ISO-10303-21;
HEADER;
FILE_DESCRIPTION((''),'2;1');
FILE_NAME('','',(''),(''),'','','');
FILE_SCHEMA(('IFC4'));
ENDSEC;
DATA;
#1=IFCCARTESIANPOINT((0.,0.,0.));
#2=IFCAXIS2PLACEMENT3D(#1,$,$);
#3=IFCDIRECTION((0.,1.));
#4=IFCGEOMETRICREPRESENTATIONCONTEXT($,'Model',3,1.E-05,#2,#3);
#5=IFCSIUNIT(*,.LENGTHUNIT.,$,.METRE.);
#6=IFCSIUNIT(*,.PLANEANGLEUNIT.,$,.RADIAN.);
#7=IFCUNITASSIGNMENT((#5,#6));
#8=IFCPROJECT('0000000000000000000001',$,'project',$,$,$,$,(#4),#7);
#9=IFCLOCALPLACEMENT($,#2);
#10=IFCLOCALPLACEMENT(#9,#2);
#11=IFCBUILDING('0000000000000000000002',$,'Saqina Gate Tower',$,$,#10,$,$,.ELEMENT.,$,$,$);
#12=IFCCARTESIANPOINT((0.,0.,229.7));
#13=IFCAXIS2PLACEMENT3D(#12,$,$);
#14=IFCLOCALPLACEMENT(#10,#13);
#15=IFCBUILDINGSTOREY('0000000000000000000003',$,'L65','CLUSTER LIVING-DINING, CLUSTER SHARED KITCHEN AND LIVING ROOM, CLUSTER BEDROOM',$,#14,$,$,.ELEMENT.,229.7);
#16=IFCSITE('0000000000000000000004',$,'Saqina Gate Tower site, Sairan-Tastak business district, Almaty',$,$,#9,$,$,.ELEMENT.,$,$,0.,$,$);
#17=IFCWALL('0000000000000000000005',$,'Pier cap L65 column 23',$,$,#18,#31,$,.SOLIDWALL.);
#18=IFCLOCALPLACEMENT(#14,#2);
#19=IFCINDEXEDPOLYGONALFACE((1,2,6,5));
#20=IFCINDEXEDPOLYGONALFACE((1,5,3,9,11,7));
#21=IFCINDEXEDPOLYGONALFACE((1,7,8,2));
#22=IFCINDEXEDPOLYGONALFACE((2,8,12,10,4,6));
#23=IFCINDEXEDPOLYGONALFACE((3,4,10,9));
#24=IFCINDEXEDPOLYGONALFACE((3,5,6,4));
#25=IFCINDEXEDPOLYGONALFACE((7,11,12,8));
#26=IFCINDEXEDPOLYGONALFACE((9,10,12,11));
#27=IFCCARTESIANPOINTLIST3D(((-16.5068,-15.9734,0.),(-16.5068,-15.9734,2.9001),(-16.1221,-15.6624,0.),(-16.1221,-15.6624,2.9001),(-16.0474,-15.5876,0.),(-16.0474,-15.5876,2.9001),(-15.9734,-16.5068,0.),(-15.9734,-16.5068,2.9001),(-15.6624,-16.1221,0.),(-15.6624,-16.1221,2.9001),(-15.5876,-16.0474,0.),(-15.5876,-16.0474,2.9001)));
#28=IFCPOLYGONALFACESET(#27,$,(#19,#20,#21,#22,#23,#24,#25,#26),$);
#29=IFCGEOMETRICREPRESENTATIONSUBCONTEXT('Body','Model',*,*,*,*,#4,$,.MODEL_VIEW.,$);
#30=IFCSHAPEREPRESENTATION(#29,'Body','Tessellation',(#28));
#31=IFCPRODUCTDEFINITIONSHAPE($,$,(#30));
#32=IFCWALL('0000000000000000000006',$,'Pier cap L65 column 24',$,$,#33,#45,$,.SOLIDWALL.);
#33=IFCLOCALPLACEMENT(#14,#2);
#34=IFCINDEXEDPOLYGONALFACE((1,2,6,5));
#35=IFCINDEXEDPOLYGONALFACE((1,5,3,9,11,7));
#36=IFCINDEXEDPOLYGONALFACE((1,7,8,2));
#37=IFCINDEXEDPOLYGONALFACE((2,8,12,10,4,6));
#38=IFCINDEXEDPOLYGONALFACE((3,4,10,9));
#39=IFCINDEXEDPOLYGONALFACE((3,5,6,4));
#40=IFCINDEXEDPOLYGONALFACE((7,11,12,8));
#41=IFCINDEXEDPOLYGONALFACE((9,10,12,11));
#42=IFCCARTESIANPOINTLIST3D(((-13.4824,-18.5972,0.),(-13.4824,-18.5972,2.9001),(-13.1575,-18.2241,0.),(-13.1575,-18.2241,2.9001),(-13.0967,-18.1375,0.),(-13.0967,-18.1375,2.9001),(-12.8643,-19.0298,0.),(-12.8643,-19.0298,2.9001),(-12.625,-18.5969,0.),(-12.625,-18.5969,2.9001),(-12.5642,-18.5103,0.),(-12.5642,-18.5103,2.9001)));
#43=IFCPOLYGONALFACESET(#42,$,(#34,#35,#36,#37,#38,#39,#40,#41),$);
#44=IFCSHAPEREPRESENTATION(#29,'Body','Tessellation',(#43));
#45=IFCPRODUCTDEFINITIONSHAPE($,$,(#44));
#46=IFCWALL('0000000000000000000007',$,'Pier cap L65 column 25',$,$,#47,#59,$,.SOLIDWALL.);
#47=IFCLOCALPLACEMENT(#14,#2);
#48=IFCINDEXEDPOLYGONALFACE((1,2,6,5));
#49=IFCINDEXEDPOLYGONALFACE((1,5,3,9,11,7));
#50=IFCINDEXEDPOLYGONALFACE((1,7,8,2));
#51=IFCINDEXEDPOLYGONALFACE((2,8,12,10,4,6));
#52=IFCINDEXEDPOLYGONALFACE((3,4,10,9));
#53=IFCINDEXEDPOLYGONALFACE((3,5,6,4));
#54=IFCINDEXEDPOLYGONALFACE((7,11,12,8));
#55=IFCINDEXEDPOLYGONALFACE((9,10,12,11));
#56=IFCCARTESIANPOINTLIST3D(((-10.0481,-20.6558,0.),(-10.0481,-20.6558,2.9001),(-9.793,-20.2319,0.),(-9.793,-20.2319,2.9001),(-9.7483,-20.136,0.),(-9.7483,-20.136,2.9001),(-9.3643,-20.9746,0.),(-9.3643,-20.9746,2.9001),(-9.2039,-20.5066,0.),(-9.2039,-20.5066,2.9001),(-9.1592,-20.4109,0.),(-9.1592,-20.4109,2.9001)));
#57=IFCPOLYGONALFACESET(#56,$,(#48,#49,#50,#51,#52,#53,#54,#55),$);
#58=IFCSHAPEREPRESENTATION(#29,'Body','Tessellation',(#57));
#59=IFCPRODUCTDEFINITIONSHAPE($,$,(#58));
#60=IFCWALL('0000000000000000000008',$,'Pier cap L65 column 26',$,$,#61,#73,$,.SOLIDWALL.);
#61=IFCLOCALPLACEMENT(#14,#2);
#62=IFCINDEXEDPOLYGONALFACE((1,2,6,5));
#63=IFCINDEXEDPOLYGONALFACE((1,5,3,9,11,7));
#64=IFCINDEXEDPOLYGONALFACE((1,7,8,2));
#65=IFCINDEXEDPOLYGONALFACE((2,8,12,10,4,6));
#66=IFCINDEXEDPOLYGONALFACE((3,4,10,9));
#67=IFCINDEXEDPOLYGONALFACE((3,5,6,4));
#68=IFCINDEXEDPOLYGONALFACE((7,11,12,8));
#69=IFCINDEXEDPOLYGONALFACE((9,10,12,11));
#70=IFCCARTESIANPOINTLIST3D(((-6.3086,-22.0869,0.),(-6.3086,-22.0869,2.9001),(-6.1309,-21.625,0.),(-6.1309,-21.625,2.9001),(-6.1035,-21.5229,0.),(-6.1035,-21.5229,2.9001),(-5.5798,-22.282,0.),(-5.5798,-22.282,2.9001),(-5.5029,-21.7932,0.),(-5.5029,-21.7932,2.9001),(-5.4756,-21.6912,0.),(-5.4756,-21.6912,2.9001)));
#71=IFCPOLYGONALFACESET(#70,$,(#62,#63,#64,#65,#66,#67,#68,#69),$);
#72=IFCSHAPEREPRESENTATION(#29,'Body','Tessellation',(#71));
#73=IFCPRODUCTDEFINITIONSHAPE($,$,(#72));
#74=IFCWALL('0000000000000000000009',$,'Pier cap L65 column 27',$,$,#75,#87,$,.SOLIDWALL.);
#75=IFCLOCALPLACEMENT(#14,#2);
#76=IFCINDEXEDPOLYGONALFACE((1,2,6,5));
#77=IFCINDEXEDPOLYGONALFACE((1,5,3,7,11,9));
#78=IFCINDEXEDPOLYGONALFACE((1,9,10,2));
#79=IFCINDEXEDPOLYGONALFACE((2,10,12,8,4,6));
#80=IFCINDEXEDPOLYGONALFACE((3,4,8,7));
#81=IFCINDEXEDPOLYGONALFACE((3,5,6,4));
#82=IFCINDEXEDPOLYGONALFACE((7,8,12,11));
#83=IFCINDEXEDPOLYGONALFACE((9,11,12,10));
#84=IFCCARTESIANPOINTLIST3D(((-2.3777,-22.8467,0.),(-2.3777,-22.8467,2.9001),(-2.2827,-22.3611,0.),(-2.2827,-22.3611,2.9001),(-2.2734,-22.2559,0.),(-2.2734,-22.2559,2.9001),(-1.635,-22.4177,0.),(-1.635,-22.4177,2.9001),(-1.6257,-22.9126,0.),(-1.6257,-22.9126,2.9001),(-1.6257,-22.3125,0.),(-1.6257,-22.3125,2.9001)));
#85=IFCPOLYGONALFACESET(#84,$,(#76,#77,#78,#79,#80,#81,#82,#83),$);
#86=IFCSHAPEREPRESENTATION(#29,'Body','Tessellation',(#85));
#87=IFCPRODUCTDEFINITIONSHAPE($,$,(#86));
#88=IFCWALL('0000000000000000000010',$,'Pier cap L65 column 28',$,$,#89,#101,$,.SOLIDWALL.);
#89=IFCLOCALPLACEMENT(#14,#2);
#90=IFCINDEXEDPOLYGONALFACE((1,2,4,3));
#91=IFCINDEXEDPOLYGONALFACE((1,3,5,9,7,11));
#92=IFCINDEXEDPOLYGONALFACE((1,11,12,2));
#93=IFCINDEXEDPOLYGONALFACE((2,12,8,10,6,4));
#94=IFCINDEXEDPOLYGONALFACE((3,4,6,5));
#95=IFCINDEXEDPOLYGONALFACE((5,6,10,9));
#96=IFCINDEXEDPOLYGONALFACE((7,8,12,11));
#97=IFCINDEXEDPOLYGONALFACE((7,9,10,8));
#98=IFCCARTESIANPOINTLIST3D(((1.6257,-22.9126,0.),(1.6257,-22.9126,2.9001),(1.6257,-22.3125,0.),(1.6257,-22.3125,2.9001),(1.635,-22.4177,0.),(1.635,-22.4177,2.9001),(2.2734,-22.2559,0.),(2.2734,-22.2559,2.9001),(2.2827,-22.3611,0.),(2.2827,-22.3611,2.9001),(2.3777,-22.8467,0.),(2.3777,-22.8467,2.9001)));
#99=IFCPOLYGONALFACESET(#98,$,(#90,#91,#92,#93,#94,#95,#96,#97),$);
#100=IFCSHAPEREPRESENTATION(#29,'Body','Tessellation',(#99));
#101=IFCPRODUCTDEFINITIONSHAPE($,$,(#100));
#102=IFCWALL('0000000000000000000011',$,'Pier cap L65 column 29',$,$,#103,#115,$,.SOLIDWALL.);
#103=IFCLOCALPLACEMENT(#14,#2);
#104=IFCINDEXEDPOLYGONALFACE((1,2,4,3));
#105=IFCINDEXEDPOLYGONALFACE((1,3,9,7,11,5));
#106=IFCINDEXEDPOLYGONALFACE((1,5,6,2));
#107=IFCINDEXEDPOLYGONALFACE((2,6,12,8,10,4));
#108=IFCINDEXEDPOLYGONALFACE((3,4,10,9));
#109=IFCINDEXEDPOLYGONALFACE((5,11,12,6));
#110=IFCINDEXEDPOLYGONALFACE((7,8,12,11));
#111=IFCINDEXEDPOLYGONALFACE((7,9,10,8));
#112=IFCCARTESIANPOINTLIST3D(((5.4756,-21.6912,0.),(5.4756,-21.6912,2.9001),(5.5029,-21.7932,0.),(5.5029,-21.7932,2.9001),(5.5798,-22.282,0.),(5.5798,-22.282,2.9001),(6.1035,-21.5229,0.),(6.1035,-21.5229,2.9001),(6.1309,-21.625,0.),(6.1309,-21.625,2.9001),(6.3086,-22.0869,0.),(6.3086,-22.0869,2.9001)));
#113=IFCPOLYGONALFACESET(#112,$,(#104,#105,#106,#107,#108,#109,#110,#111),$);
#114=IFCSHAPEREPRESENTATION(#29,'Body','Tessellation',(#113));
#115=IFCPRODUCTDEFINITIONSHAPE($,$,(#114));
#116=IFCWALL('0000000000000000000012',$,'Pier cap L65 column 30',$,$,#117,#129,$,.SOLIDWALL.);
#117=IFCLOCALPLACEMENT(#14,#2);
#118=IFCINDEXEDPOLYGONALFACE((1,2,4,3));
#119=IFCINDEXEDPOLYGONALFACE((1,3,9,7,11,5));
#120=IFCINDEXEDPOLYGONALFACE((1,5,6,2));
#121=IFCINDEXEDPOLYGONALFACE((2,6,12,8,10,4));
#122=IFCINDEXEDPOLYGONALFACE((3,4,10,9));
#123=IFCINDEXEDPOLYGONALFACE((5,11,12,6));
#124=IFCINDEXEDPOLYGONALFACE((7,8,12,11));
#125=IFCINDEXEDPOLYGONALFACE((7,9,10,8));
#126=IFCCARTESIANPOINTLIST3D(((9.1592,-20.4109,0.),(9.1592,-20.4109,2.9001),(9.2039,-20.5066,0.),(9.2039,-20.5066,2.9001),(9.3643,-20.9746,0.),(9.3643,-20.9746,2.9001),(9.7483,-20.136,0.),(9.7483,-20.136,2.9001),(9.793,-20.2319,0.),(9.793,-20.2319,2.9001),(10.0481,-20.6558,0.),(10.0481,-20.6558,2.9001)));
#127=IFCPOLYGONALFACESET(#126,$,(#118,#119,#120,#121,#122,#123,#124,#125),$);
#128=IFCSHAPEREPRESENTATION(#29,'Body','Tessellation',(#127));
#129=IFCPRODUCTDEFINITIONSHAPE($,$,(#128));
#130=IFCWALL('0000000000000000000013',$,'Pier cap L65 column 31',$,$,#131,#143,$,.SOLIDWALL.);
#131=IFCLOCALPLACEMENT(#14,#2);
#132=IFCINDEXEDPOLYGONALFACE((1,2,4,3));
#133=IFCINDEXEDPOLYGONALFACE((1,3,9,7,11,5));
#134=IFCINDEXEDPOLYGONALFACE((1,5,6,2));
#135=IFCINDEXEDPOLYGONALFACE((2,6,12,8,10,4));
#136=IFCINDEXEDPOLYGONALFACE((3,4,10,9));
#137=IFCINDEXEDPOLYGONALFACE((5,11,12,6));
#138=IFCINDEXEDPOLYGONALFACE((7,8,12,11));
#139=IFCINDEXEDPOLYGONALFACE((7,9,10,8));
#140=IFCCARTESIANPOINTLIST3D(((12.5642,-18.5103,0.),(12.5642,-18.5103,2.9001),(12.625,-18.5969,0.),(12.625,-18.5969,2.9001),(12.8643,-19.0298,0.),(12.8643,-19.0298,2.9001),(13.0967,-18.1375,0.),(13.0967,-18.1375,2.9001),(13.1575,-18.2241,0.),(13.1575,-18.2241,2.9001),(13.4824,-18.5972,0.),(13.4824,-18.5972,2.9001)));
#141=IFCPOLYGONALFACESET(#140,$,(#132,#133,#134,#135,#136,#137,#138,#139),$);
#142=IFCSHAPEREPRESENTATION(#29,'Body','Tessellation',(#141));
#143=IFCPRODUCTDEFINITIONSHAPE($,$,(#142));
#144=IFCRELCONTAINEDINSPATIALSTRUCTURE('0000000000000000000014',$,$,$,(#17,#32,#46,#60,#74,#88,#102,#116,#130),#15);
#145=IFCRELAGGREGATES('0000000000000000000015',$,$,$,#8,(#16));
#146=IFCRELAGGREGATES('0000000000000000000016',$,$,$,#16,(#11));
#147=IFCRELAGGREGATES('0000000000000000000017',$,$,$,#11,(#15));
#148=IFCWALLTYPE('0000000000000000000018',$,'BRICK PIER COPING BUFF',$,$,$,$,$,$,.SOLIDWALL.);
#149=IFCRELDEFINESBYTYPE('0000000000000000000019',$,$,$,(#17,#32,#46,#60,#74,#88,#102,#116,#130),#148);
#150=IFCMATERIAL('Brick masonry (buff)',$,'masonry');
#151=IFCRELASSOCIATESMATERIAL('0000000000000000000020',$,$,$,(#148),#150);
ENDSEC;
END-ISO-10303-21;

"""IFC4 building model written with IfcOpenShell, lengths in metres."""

from ifc_helpers import new_model, si_unit, direction, frame, origin, place, context, subcontext, project, spatial, polyline, outline, extrude, material, type_object, element, save


model = new_model("IFC4")

# Units and contexts
model_context = context("Model", 3, precision=1e-05, world=origin(), true_north=direction((0.0, 1.0)))
body_context = subcontext(model_context, "Body", "Model", "MODEL_VIEW")
ifc_project = project(units=[si_unit("LENGTHUNIT", "METRE"), si_unit("PLANEANGLEUNIT", "RADIAN")], contexts=[model_context])

# Site, building, storey
site_placement = place(None, origin())
site = spatial("IfcSite", under=ifc_project, at=site_placement, Name="Saqina Gate Tower site, Sairan-Tastak business district, Almaty", CompositionType="ELEMENT", RefElevation=0.0)
building_placement = place(site_placement, origin())
building = spatial("IfcBuilding", under=site, at=building_placement, Name="Saqina Gate Tower", CompositionType="ELEMENT")
storey_placement = place(building_placement, frame((0.0, 0.0, 229.7)))
storey = spatial("IfcBuildingStorey", under=building, at=storey_placement, Name="L65", Description="CLUSTER LIVING-DINING, CLUSTER SHARED KITCHEN AND LIVING ROOM, CLUSTER BEDROOM", CompositionType="ELEMENT", Elevation=229.7)

# Walls
ifc_material = material(Name="Brick masonry (buff)", Category="masonry")
wall_type = type_object("IfcWallType", Name="BRICK PIER COPING BUFF", PredefinedType="SOLIDWALL", material=ifc_material)
wall_1_placement = place(storey_placement, origin())
element("IfcWall", 1, at=wall_1_placement, inside=storey, type_object=wall_type, Name="Pier cap L65 column 23", PredefinedType="SOLIDWALL", context=body_context, shape_type="SweptSolid", body=[
    extrude(outline(polyline([(-15.9734, -16.5068), (-15.5876, -16.0474), (-15.6624, -16.1221), (-16.1221, -15.6624), (-16.0474, -15.5876), (-16.5068, -15.9734), (-15.9734, -16.5068)])), origin(), (0.0, 0.0, 1.0), 2.9001),
])
wall_2_placement = place(storey_placement, origin())
element("IfcWall", 2, at=wall_2_placement, inside=storey, type_object=wall_type, Name="Pier cap L65 column 24", PredefinedType="SOLIDWALL", context=body_context, shape_type="SweptSolid", body=[
    extrude(outline(polyline([(-12.8643, -19.0298), (-12.5642, -18.5103), (-12.625, -18.5969), (-13.1575, -18.2241), (-13.0967, -18.1375), (-13.4824, -18.5972), (-12.8643, -19.0298)])), origin(), (0.0, 0.0, 1.0), 2.9001),
])
wall_3_placement = place(storey_placement, origin())
element("IfcWall", 3, at=wall_3_placement, inside=storey, type_object=wall_type, Name="Pier cap L65 column 25", PredefinedType="SOLIDWALL", context=body_context, shape_type="SweptSolid", body=[
    extrude(outline(polyline([(-10.0481, -20.6558), (-9.3643, -20.9746), (-9.1592, -20.4109), (-9.2039, -20.5066), (-9.793, -20.2319), (-9.7483, -20.136), (-10.0481, -20.6558)])), origin(), (0.0, 0.0, 1.0), 2.9001),
])
wall_4_placement = place(storey_placement, origin())
element("IfcWall", 4, at=wall_4_placement, inside=storey, type_object=wall_type, Name="Pier cap L65 column 26", PredefinedType="SOLIDWALL", context=body_context, shape_type="SweptSolid", body=[
    extrude(outline(polyline([(-5.5798, -22.282), (-5.4756, -21.6912), (-5.5029, -21.7932), (-6.1309, -21.625), (-6.1035, -21.5229), (-6.3086, -22.0869), (-5.5798, -22.282)])), origin(), (0.0, 0.0, 1.0), 2.9001),
])
wall_5_placement = place(storey_placement, origin())
element("IfcWall", 5, at=wall_5_placement, inside=storey, type_object=wall_type, Name="Pier cap L65 column 27", PredefinedType="SOLIDWALL", context=body_context, shape_type="SweptSolid", body=[
    extrude(outline(polyline([(-2.3777, -22.8467), (-1.6257, -22.9126), (-1.6257, -22.3125), (-1.635, -22.4177), (-2.2827, -22.3611), (-2.2734, -22.2559), (-2.3777, -22.8467)])), origin(), (0.0, 0.0, 1.0), 2.9001),
])
wall_6_placement = place(storey_placement, origin())
element("IfcWall", 6, at=wall_6_placement, inside=storey, type_object=wall_type, Name="Pier cap L65 column 28", PredefinedType="SOLIDWALL", context=body_context, shape_type="SweptSolid", body=[
    extrude(outline(polyline([(1.6257, -22.9126), (2.3777, -22.8467), (2.2734, -22.2559), (2.2827, -22.3611), (1.635, -22.4177), (1.6257, -22.3125), (1.6257, -22.9126)])), origin(), (0.0, 0.0, 1.0), 2.9001),
])
wall_7_placement = place(storey_placement, origin())
element("IfcWall", 7, at=wall_7_placement, inside=storey, type_object=wall_type, Name="Pier cap L65 column 29", PredefinedType="SOLIDWALL", context=body_context, shape_type="SweptSolid", body=[
    extrude(outline(polyline([(6.3086, -22.0869), (6.1035, -21.5229), (6.1309, -21.625), (5.5029, -21.7932), (5.4756, -21.6912), (5.5798, -22.282), (6.3086, -22.0869)])), origin(), (0.0, 0.0, 1.0), 2.9001),
])
wall_8_placement = place(storey_placement, origin())
element("IfcWall", 8, at=wall_8_placement, inside=storey, type_object=wall_type, Name="Pier cap L65 column 30", PredefinedType="SOLIDWALL", context=body_context, shape_type="SweptSolid", body=[
    extrude(outline(polyline([(9.3643, -20.9746), (10.0481, -20.6558), (9.7483, -20.136), (9.793, -20.2319), (9.2039, -20.5066), (9.1592, -20.4109), (9.3643, -20.9746)])), origin(), (0.0, 0.0, 1.0), 2.9001),
])
wall_9_placement = place(storey_placement, origin())
element("IfcWall", 9, at=wall_9_placement, inside=storey, type_object=wall_type, Name="Pier cap L65 column 31", PredefinedType="SOLIDWALL", context=body_context, shape_type="SweptSolid", body=[
    extrude(outline(polyline([(12.8643, -19.0298), (13.4824, -18.5972), (13.0967, -18.1375), (13.1575, -18.2241), (12.625, -18.5969), (12.5642, -18.5103), (12.8643, -19.0298)])), origin(), (0.0, 0.0, 1.0), 2.9001),
])

save(model, "model.ifc")
